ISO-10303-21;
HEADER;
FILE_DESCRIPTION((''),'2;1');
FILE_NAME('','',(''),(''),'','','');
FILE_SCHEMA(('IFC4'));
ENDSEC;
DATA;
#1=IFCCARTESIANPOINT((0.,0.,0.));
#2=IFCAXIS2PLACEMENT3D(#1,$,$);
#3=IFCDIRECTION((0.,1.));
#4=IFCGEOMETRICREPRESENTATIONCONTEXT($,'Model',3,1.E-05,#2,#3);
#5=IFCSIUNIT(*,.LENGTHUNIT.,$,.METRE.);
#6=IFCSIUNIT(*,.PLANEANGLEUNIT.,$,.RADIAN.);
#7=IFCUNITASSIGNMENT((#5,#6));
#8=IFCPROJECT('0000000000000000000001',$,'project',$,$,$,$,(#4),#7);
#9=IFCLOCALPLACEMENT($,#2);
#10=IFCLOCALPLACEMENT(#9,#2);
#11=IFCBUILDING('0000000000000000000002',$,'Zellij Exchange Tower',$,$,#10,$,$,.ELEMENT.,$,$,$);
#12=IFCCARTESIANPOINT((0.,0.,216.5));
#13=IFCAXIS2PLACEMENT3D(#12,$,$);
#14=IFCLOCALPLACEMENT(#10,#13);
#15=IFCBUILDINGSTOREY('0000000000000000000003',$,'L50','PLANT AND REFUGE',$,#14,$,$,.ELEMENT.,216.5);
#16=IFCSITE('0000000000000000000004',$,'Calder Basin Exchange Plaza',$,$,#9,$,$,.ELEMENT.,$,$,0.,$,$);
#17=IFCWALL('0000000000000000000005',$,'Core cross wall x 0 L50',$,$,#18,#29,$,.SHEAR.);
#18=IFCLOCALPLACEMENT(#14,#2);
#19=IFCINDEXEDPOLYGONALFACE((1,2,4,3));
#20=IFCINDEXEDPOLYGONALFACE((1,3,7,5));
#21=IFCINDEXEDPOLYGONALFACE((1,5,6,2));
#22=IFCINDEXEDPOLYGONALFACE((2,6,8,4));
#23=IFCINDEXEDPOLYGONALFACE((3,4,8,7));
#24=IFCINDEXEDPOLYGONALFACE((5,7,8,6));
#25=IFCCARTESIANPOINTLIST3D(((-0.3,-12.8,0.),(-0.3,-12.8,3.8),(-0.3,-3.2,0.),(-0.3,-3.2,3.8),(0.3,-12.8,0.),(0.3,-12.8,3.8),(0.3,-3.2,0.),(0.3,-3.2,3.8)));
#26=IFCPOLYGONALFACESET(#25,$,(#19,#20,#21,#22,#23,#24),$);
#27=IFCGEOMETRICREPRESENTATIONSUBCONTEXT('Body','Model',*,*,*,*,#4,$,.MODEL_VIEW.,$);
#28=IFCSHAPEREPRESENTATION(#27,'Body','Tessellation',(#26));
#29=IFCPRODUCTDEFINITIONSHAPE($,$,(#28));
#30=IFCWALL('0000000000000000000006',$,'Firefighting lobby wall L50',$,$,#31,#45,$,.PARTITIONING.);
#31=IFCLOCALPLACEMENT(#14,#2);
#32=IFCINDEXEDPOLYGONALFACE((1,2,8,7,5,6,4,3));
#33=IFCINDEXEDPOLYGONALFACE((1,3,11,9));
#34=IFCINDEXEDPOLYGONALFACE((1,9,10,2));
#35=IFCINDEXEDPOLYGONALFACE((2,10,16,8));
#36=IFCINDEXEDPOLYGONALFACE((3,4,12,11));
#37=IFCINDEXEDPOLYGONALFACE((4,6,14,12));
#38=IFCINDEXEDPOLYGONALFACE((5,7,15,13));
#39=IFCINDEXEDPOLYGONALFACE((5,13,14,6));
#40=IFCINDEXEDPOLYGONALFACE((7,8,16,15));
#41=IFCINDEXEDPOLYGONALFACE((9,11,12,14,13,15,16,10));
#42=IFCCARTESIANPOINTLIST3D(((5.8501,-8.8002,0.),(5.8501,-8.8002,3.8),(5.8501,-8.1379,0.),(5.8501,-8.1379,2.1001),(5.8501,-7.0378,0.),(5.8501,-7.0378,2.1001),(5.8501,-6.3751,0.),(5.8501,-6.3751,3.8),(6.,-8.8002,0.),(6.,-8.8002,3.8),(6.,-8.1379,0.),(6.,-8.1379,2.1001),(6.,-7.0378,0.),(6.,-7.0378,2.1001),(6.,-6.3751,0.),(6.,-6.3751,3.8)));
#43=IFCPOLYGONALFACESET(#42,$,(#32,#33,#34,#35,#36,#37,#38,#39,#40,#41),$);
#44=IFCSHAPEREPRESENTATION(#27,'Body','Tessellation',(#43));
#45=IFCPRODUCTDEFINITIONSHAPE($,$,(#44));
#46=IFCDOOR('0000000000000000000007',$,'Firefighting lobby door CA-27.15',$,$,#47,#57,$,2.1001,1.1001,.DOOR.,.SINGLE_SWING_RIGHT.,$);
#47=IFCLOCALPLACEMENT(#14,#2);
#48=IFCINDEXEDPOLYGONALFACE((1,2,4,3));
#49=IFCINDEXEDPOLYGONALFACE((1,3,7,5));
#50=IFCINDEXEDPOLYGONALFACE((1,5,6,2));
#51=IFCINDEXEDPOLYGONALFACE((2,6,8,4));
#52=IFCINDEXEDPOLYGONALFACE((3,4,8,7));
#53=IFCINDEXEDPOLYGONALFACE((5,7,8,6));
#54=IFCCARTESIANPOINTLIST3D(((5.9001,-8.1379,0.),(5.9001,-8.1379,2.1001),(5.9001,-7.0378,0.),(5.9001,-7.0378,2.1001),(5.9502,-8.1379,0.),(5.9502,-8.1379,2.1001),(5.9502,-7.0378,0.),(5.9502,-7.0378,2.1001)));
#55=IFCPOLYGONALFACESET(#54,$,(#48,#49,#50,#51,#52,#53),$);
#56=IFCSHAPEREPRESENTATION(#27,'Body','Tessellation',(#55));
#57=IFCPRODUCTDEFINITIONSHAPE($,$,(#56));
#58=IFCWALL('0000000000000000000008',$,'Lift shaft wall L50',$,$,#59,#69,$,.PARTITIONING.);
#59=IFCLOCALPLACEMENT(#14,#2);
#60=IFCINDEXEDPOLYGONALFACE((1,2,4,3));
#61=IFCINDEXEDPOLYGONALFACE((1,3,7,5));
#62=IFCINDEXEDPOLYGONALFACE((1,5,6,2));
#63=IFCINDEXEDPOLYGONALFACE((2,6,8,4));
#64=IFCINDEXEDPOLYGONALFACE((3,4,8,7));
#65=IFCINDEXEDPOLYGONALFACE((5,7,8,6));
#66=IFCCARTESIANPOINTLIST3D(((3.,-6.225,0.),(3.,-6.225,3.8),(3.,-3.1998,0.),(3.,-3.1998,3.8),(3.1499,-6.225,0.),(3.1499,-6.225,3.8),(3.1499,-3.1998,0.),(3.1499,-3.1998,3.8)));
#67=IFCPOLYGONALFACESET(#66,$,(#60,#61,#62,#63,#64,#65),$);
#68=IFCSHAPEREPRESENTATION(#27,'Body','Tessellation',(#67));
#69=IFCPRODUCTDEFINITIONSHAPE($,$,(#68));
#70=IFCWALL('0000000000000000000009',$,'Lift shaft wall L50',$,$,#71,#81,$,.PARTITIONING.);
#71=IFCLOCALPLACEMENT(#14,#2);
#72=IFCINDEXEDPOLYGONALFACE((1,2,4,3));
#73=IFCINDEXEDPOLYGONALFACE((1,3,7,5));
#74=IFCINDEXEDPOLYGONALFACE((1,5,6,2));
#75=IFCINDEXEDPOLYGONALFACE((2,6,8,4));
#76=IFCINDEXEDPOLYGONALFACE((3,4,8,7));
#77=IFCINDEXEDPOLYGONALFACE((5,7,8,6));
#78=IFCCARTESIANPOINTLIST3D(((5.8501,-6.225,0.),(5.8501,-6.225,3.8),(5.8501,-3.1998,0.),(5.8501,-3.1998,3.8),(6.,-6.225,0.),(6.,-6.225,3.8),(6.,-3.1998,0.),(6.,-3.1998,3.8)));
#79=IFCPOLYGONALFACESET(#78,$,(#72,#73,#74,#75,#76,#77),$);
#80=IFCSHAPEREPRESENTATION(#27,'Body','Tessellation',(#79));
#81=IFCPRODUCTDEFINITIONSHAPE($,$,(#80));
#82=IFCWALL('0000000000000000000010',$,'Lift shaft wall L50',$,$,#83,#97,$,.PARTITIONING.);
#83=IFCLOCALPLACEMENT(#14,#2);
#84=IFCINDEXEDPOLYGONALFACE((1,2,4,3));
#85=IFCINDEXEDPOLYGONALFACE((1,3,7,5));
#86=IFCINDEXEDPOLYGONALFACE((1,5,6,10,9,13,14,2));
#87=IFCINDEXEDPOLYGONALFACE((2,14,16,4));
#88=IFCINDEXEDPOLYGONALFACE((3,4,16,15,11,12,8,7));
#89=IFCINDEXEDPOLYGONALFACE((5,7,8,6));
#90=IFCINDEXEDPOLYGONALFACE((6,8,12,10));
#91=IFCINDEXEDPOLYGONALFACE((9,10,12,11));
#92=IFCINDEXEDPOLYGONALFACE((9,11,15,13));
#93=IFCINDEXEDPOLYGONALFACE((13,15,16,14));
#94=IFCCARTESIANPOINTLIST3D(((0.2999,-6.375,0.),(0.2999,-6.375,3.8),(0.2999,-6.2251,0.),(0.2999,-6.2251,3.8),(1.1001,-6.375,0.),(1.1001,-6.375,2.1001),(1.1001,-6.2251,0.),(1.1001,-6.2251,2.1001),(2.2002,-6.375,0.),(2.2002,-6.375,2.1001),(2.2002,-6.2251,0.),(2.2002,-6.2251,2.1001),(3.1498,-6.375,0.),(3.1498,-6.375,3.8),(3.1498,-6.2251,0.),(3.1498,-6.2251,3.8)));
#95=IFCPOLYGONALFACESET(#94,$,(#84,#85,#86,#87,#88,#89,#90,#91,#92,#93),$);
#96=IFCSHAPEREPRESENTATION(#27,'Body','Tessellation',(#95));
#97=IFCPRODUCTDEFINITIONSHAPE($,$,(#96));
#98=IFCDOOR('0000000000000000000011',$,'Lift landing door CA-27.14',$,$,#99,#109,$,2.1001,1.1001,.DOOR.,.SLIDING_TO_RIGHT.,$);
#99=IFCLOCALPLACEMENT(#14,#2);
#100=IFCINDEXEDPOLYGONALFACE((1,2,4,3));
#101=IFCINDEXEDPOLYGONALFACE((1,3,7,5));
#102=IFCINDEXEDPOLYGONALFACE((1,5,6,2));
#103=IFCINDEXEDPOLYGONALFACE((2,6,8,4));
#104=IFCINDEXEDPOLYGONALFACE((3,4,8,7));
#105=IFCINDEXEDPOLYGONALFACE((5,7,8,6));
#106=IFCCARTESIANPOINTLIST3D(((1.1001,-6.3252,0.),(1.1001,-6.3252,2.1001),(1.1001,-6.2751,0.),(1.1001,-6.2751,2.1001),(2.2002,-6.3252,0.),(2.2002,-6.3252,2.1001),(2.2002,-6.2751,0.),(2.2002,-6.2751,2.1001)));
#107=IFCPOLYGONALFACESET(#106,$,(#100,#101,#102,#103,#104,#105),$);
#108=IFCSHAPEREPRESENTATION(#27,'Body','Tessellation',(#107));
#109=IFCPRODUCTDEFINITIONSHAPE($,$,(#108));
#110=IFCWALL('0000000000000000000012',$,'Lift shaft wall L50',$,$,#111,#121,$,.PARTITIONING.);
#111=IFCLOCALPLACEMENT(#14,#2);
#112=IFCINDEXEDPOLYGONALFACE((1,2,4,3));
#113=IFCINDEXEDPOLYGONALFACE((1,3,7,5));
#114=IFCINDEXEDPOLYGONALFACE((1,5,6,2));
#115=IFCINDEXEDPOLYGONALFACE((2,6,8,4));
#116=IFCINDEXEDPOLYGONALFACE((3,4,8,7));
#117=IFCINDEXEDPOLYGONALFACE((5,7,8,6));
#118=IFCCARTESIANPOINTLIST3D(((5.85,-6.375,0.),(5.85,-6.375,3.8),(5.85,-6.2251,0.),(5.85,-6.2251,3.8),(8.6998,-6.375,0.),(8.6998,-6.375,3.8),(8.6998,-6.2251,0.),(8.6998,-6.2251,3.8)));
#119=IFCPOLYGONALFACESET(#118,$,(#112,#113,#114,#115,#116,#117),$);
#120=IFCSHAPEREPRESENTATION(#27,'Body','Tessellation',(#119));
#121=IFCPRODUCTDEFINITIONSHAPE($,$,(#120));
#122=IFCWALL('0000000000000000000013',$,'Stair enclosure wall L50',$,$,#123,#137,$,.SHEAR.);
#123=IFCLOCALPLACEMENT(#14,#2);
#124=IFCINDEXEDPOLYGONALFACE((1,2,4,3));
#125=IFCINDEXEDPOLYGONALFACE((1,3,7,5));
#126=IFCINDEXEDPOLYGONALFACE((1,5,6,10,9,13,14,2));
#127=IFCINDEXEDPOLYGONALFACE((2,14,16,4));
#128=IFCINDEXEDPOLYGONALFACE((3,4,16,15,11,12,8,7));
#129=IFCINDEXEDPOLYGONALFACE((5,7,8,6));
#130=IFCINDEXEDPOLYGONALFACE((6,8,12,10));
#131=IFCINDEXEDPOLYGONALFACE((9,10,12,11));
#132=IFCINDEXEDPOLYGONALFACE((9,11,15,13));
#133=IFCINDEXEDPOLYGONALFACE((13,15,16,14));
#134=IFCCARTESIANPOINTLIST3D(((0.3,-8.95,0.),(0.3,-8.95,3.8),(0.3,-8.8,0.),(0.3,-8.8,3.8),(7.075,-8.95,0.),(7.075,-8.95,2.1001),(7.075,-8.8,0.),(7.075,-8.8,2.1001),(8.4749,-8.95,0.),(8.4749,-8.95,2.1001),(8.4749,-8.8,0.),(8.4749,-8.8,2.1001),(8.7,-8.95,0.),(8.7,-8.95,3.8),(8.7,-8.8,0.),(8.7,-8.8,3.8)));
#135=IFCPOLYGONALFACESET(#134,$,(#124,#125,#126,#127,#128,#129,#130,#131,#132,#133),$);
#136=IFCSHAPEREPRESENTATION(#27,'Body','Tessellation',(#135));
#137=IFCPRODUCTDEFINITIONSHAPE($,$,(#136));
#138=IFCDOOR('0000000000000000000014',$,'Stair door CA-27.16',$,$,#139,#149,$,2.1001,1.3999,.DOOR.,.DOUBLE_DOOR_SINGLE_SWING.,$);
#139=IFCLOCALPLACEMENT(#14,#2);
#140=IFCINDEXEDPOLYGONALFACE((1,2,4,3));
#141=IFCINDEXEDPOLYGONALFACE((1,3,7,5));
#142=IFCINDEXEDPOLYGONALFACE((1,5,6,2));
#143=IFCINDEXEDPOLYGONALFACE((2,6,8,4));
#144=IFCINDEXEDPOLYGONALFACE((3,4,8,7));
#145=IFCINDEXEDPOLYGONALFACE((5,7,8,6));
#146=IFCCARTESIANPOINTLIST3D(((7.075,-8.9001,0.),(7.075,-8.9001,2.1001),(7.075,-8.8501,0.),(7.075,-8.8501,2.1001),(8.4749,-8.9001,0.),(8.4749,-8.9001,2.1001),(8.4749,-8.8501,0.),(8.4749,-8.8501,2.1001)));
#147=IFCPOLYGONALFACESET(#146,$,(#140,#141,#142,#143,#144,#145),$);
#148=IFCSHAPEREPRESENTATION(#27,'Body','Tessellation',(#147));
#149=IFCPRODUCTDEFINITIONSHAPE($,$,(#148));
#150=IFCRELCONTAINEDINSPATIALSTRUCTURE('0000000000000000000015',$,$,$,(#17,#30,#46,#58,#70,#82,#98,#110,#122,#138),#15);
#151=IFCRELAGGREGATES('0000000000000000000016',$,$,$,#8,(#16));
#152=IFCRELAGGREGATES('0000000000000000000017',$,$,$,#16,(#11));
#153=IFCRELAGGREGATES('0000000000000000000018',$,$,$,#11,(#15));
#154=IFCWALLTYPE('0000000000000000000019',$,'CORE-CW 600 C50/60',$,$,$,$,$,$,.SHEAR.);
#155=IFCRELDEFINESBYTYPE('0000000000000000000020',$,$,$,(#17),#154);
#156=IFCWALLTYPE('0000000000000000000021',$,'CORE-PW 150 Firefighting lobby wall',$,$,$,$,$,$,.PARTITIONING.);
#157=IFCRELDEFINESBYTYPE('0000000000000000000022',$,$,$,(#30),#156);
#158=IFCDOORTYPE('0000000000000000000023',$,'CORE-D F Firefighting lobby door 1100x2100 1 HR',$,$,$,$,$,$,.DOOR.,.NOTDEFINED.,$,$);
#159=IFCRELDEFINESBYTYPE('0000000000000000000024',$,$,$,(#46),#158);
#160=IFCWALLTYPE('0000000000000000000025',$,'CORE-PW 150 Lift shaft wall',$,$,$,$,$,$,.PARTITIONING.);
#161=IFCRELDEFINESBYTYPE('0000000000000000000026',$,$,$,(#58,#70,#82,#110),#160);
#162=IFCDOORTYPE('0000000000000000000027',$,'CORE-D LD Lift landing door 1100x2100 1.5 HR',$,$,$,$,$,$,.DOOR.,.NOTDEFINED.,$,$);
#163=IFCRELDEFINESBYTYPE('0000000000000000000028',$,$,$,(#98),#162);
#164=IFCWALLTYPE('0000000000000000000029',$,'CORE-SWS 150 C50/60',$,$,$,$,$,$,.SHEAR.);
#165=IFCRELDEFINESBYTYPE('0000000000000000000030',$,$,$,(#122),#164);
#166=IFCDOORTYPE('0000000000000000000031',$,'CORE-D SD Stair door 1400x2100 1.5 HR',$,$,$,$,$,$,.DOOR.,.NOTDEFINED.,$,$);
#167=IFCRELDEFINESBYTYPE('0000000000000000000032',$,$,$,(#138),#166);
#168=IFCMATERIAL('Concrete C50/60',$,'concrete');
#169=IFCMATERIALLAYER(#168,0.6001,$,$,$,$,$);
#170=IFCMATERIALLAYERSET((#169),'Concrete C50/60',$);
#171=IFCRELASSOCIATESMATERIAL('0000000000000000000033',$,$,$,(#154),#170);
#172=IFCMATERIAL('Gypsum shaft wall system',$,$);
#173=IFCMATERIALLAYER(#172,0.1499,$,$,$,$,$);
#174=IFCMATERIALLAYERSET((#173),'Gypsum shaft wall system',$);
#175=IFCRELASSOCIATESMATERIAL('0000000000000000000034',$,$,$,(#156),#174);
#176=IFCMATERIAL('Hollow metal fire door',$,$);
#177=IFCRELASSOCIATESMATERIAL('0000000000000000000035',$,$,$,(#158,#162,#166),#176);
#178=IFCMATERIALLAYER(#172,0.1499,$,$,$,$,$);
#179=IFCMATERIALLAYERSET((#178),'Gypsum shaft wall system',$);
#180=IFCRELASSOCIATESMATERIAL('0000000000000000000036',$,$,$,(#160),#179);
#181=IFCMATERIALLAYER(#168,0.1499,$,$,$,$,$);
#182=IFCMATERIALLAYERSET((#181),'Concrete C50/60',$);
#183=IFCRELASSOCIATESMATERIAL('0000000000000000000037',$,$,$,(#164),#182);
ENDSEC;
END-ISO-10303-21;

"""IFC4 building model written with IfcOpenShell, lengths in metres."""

from ifc_helpers import new_model, si_unit, direction, frame, frame_2d, origin, place, context, subcontext, project, spatial, rectangle, extrude, material, layer, layer_set, type_object, element, fill, save


model = new_model("IFC4")

# Units and contexts
model_context = context("Model", 3, precision=1e-05, world=origin(), true_north=direction((0.0, 1.0)))
body_context = subcontext(model_context, "Body", "Model", "MODEL_VIEW")
ifc_project = project(units=[si_unit("LENGTHUNIT", "METRE"), si_unit("PLANEANGLEUNIT", "RADIAN")], contexts=[model_context])

# Site, building, storey
site_placement = place(None, origin())
site = spatial("IfcSite", under=ifc_project, at=site_placement, Name="Calder Basin Exchange Plaza", CompositionType="ELEMENT", RefElevation=0.0)
building_placement = place(site_placement, origin())
building = spatial("IfcBuilding", under=site, at=building_placement, Name="Zellij Exchange Tower", CompositionType="ELEMENT")
storey_placement = place(building_placement, frame((0.0, 0.0, 216.5)))
storey = spatial("IfcBuildingStorey", under=building, at=storey_placement, Name="L50", Description="PLANT AND REFUGE", CompositionType="ELEMENT", Elevation=216.5)

# Wall
ifc_material_1 = material(Name="Concrete C50/60", Category="concrete")
ifc_layer_1 = layer(ifc_material_1, 0.6001)
ifc_layer_set_1 = layer_set([ifc_layer_1], Name="Concrete C50/60")
wall_type_1 = type_object("IfcWallType", Name="CORE-CW 600 C50/60", PredefinedType="SHEAR", material=ifc_layer_set_1)
wall_1_placement = place(storey_placement, frame((0.0, -12.8, 0.0), z_axis=(0.0, 0.0, 1.0), x_axis=(0.0, 1.0, 0.0)))
element("IfcWall", 1, at=wall_1_placement, inside=storey, type_object=wall_type_1, Name="Core cross wall x 0 L50", PredefinedType="SHEAR", context=body_context, shape_type="SweptSolid", body=[
    extrude(rectangle(XDim=9.6001, YDim=0.6001, at=frame_2d((4.8, 0.0))), origin(), (0.0, 0.0, 1.0), 3.8),
])

# Wall, opening, door
ifc_material_2 = material(Name="Gypsum shaft wall system")
ifc_layer_2 = layer(ifc_material_2, 0.1499)
ifc_layer_set_2 = layer_set([ifc_layer_2], Name="Gypsum shaft wall system")
wall_type_2 = type_object("IfcWallType", Name="CORE-PW 150 Firefighting lobby wall", PredefinedType="PARTITIONING", material=ifc_layer_set_2)
wall_2_placement = place(storey_placement, frame((5.925, -8.8, 0.0), z_axis=(0.0, 0.0, 1.0), x_axis=(0.0, 1.0, 0.0)))
wall_2 = element("IfcWall", 2, at=wall_2_placement, inside=storey, type_object=wall_type_2, Name="Firefighting lobby wall L50", PredefinedType="PARTITIONING", context=body_context, shape_type="SweptSolid", body=[
    extrude(rectangle(XDim=2.425, YDim=0.1499, at=frame_2d((1.2124, 0.0))), origin(), (0.0, 0.0, 1.0), 3.8),
])
opening_1_placement = place(wall_2_placement, frame((0.6621, 0.0, 0.0)))
opening_1 = element("IfcOpeningElement", 3, at=opening_1_placement, cuts=wall_2, PredefinedType="OPENING", context=body_context, shape_type="SweptSolid", body=[
    extrude(rectangle(XDim=1.1001, YDim=2.1001, at=frame_2d((0.55, 1.05))), frame((0.0, 0.0869, 0.0), z_axis=(0.0, -1.0, 0.0), x_axis=(1.0, 0.0, 0.0)), (0.0, 0.0, 1.0), 0.1738),
])
ifc_material_3 = material(Name="Hollow metal fire door")
door_type_1 = type_object("IfcDoorType", Name="CORE-D F Firefighting lobby door 1100x2100 1 HR", OperationType="NOTDEFINED", PredefinedType="DOOR", material=ifc_material_3)
door_1_placement = place(opening_1_placement, origin())
door_1 = element("IfcDoor", 4, at=door_1_placement, inside=storey, type_object=door_type_1, Name="Firefighting lobby door CA-27.15", OperationType="SINGLE_SWING_RIGHT", OverallHeight=2.1001, OverallWidth=1.1001, PredefinedType="DOOR", context=body_context, shape_type="SweptSolid", body=[
    extrude(rectangle(XDim=1.1001, YDim=2.1001, at=frame_2d((0.55, 1.05))), frame((0.0, 0.0249, 0.0), z_axis=(0.0, -1.0, 0.0), x_axis=(1.0, 0.0, 0.0)), (0.0, 0.0, 1.0), 0.05),
])
fill(opening_1, door_1)

# Walls
ifc_layer_3 = layer(ifc_material_2, 0.1499)
ifc_layer_set_3 = layer_set([ifc_layer_3], Name="Gypsum shaft wall system")
wall_type_3 = type_object("IfcWallType", Name="CORE-PW 150 Lift shaft wall", PredefinedType="PARTITIONING", material=ifc_layer_set_3)
for number, where, z_axis, x_axis, name in (
    (5, (3.075, -6.2251, 0.0), (0.0, 0.0, 1.0), (0.0, 1.0, 0.0), "Lift shaft wall L50"),
    (6, (5.925, -6.2251, 0.0), (0.0, 0.0, 1.0), (0.0, 1.0, 0.0), "Lift shaft wall L50"),
):
    element("IfcWall", number, at=place(storey_placement, frame(where, z_axis=z_axis, x_axis=x_axis)), inside=storey, type_object=wall_type_3, Name=name, PredefinedType="PARTITIONING", context=body_context, shape_type="SweptSolid", body=[
        extrude(rectangle(XDim=3.0251, YDim=0.1499, at=frame_2d((1.5127, 0.0))), origin(), (0.0, 0.0, 1.0), 3.8),
    ])

# Wall, opening, door
wall_3_placement = place(storey_placement, frame((0.3, -6.3, 0.0), z_axis=(0.0, 0.0, 1.0), x_axis=(1.0, 0.0, 0.0)))
wall_3 = element("IfcWall", 7, at=wall_3_placement, inside=storey, type_object=wall_type_3, Name="Lift shaft wall L50", PredefinedType="PARTITIONING", context=body_context, shape_type="SweptSolid", body=[
    extrude(rectangle(XDim=2.8499, YDim=0.1499, at=frame_2d((1.4248, 0.0))), origin(), (0.0, 0.0, 1.0), 3.8),
])
opening_2_placement = place(wall_3_placement, frame((0.8, 0.0, 0.0)))
opening_2 = element("IfcOpeningElement", 8, at=opening_2_placement, cuts=wall_3, PredefinedType="OPENING", context=body_context, shape_type="SweptSolid", body=[
    extrude(rectangle(XDim=1.1001, YDim=2.1001, at=frame_2d((0.55, 1.05))), frame((0.0, 0.0869, 0.0), z_axis=(0.0, -1.0, 0.0), x_axis=(1.0, 0.0, 0.0)), (0.0, 0.0, 1.0), 0.1738),
])
door_type_2 = type_object("IfcDoorType", Name="CORE-D LD Lift landing door 1100x2100 1.5 HR", OperationType="NOTDEFINED", PredefinedType="DOOR", material=ifc_material_3)
door_2_placement = place(opening_2_placement, origin())
door_2 = element("IfcDoor", 9, at=door_2_placement, inside=storey, type_object=door_type_2, Name="Lift landing door CA-27.14", OperationType="SLIDING_TO_RIGHT", OverallHeight=2.1001, OverallWidth=1.1001, PredefinedType="DOOR", context=body_context, shape_type="SweptSolid", body=[
    extrude(rectangle(XDim=1.1001, YDim=2.1001, at=frame_2d((0.55, 1.05))), frame((0.0, 0.0249, 0.0), z_axis=(0.0, -1.0, 0.0), x_axis=(1.0, 0.0, 0.0)), (0.0, 0.0, 1.0), 0.05),
])
fill(opening_2, door_2)

# Wall
wall_4_placement = place(storey_placement, frame((5.8501, -6.3, 0.0), z_axis=(0.0, 0.0, 1.0), x_axis=(1.0, 0.0, 0.0)))
element("IfcWall", 10, at=wall_4_placement, inside=storey, type_object=wall_type_3, Name="Lift shaft wall L50", PredefinedType="PARTITIONING", context=body_context, shape_type="SweptSolid", body=[
    extrude(rectangle(XDim=2.8499, YDim=0.1499, at=frame_2d((1.4248, 0.0))), origin(), (0.0, 0.0, 1.0), 3.8),
])

# Wall, opening, door
ifc_layer_4 = layer(ifc_material_1, 0.1499)
ifc_layer_set_4 = layer_set([ifc_layer_4], Name="Concrete C50/60")
wall_type_4 = type_object("IfcWallType", Name="CORE-SWS 150 C50/60", PredefinedType="SHEAR", material=ifc_layer_set_4)
wall_5_placement = place(storey_placement, frame((0.3, -8.875, 0.0), z_axis=(0.0, 0.0, 1.0), x_axis=(1.0, 0.0, 0.0)))
wall_5 = element("IfcWall", 11, at=wall_5_placement, inside=storey, type_object=wall_type_4, Name="Stair enclosure wall L50", PredefinedType="SHEAR", context=body_context, shape_type="SweptSolid", body=[
    extrude(rectangle(XDim=8.3999, YDim=0.1499, at=frame_2d((4.2, 0.0))), origin(), (0.0, 0.0, 1.0), 3.8),
])
opening_3_placement = place(wall_5_placement, frame((6.7749, 0.0, 0.0)))
opening_3 = element("IfcOpeningElement", 12, at=opening_3_placement, cuts=wall_5, PredefinedType="OPENING", context=body_context, shape_type="SweptSolid", body=[
    extrude(rectangle(XDim=1.3999, YDim=2.1001, at=frame_2d((0.7, 1.05))), frame((0.0, 0.0869, 0.0), z_axis=(0.0, -1.0, 0.0), x_axis=(1.0, 0.0, 0.0)), (0.0, 0.0, 1.0), 0.1738),
])
door_type_3 = type_object("IfcDoorType", Name="CORE-D SD Stair door 1400x2100 1.5 HR", OperationType="NOTDEFINED", PredefinedType="DOOR", material=ifc_material_3)
door_3_placement = place(opening_3_placement, origin())
door_3 = element("IfcDoor", 13, at=door_3_placement, inside=storey, type_object=door_type_3, Name="Stair door CA-27.16", OperationType="DOUBLE_DOOR_SINGLE_SWING", OverallHeight=2.1001, OverallWidth=1.3999, PredefinedType="DOOR", context=body_context, shape_type="SweptSolid", body=[
    extrude(rectangle(XDim=1.3999, YDim=2.1001, at=frame_2d((0.7, 1.05))), frame((0.0, 0.0249, 0.0), z_axis=(0.0, -1.0, 0.0), x_axis=(1.0, 0.0, 0.0)), (0.0, 0.0, 1.0), 0.05),
])
fill(opening_3, door_3)

save(model, "model.ifc")
